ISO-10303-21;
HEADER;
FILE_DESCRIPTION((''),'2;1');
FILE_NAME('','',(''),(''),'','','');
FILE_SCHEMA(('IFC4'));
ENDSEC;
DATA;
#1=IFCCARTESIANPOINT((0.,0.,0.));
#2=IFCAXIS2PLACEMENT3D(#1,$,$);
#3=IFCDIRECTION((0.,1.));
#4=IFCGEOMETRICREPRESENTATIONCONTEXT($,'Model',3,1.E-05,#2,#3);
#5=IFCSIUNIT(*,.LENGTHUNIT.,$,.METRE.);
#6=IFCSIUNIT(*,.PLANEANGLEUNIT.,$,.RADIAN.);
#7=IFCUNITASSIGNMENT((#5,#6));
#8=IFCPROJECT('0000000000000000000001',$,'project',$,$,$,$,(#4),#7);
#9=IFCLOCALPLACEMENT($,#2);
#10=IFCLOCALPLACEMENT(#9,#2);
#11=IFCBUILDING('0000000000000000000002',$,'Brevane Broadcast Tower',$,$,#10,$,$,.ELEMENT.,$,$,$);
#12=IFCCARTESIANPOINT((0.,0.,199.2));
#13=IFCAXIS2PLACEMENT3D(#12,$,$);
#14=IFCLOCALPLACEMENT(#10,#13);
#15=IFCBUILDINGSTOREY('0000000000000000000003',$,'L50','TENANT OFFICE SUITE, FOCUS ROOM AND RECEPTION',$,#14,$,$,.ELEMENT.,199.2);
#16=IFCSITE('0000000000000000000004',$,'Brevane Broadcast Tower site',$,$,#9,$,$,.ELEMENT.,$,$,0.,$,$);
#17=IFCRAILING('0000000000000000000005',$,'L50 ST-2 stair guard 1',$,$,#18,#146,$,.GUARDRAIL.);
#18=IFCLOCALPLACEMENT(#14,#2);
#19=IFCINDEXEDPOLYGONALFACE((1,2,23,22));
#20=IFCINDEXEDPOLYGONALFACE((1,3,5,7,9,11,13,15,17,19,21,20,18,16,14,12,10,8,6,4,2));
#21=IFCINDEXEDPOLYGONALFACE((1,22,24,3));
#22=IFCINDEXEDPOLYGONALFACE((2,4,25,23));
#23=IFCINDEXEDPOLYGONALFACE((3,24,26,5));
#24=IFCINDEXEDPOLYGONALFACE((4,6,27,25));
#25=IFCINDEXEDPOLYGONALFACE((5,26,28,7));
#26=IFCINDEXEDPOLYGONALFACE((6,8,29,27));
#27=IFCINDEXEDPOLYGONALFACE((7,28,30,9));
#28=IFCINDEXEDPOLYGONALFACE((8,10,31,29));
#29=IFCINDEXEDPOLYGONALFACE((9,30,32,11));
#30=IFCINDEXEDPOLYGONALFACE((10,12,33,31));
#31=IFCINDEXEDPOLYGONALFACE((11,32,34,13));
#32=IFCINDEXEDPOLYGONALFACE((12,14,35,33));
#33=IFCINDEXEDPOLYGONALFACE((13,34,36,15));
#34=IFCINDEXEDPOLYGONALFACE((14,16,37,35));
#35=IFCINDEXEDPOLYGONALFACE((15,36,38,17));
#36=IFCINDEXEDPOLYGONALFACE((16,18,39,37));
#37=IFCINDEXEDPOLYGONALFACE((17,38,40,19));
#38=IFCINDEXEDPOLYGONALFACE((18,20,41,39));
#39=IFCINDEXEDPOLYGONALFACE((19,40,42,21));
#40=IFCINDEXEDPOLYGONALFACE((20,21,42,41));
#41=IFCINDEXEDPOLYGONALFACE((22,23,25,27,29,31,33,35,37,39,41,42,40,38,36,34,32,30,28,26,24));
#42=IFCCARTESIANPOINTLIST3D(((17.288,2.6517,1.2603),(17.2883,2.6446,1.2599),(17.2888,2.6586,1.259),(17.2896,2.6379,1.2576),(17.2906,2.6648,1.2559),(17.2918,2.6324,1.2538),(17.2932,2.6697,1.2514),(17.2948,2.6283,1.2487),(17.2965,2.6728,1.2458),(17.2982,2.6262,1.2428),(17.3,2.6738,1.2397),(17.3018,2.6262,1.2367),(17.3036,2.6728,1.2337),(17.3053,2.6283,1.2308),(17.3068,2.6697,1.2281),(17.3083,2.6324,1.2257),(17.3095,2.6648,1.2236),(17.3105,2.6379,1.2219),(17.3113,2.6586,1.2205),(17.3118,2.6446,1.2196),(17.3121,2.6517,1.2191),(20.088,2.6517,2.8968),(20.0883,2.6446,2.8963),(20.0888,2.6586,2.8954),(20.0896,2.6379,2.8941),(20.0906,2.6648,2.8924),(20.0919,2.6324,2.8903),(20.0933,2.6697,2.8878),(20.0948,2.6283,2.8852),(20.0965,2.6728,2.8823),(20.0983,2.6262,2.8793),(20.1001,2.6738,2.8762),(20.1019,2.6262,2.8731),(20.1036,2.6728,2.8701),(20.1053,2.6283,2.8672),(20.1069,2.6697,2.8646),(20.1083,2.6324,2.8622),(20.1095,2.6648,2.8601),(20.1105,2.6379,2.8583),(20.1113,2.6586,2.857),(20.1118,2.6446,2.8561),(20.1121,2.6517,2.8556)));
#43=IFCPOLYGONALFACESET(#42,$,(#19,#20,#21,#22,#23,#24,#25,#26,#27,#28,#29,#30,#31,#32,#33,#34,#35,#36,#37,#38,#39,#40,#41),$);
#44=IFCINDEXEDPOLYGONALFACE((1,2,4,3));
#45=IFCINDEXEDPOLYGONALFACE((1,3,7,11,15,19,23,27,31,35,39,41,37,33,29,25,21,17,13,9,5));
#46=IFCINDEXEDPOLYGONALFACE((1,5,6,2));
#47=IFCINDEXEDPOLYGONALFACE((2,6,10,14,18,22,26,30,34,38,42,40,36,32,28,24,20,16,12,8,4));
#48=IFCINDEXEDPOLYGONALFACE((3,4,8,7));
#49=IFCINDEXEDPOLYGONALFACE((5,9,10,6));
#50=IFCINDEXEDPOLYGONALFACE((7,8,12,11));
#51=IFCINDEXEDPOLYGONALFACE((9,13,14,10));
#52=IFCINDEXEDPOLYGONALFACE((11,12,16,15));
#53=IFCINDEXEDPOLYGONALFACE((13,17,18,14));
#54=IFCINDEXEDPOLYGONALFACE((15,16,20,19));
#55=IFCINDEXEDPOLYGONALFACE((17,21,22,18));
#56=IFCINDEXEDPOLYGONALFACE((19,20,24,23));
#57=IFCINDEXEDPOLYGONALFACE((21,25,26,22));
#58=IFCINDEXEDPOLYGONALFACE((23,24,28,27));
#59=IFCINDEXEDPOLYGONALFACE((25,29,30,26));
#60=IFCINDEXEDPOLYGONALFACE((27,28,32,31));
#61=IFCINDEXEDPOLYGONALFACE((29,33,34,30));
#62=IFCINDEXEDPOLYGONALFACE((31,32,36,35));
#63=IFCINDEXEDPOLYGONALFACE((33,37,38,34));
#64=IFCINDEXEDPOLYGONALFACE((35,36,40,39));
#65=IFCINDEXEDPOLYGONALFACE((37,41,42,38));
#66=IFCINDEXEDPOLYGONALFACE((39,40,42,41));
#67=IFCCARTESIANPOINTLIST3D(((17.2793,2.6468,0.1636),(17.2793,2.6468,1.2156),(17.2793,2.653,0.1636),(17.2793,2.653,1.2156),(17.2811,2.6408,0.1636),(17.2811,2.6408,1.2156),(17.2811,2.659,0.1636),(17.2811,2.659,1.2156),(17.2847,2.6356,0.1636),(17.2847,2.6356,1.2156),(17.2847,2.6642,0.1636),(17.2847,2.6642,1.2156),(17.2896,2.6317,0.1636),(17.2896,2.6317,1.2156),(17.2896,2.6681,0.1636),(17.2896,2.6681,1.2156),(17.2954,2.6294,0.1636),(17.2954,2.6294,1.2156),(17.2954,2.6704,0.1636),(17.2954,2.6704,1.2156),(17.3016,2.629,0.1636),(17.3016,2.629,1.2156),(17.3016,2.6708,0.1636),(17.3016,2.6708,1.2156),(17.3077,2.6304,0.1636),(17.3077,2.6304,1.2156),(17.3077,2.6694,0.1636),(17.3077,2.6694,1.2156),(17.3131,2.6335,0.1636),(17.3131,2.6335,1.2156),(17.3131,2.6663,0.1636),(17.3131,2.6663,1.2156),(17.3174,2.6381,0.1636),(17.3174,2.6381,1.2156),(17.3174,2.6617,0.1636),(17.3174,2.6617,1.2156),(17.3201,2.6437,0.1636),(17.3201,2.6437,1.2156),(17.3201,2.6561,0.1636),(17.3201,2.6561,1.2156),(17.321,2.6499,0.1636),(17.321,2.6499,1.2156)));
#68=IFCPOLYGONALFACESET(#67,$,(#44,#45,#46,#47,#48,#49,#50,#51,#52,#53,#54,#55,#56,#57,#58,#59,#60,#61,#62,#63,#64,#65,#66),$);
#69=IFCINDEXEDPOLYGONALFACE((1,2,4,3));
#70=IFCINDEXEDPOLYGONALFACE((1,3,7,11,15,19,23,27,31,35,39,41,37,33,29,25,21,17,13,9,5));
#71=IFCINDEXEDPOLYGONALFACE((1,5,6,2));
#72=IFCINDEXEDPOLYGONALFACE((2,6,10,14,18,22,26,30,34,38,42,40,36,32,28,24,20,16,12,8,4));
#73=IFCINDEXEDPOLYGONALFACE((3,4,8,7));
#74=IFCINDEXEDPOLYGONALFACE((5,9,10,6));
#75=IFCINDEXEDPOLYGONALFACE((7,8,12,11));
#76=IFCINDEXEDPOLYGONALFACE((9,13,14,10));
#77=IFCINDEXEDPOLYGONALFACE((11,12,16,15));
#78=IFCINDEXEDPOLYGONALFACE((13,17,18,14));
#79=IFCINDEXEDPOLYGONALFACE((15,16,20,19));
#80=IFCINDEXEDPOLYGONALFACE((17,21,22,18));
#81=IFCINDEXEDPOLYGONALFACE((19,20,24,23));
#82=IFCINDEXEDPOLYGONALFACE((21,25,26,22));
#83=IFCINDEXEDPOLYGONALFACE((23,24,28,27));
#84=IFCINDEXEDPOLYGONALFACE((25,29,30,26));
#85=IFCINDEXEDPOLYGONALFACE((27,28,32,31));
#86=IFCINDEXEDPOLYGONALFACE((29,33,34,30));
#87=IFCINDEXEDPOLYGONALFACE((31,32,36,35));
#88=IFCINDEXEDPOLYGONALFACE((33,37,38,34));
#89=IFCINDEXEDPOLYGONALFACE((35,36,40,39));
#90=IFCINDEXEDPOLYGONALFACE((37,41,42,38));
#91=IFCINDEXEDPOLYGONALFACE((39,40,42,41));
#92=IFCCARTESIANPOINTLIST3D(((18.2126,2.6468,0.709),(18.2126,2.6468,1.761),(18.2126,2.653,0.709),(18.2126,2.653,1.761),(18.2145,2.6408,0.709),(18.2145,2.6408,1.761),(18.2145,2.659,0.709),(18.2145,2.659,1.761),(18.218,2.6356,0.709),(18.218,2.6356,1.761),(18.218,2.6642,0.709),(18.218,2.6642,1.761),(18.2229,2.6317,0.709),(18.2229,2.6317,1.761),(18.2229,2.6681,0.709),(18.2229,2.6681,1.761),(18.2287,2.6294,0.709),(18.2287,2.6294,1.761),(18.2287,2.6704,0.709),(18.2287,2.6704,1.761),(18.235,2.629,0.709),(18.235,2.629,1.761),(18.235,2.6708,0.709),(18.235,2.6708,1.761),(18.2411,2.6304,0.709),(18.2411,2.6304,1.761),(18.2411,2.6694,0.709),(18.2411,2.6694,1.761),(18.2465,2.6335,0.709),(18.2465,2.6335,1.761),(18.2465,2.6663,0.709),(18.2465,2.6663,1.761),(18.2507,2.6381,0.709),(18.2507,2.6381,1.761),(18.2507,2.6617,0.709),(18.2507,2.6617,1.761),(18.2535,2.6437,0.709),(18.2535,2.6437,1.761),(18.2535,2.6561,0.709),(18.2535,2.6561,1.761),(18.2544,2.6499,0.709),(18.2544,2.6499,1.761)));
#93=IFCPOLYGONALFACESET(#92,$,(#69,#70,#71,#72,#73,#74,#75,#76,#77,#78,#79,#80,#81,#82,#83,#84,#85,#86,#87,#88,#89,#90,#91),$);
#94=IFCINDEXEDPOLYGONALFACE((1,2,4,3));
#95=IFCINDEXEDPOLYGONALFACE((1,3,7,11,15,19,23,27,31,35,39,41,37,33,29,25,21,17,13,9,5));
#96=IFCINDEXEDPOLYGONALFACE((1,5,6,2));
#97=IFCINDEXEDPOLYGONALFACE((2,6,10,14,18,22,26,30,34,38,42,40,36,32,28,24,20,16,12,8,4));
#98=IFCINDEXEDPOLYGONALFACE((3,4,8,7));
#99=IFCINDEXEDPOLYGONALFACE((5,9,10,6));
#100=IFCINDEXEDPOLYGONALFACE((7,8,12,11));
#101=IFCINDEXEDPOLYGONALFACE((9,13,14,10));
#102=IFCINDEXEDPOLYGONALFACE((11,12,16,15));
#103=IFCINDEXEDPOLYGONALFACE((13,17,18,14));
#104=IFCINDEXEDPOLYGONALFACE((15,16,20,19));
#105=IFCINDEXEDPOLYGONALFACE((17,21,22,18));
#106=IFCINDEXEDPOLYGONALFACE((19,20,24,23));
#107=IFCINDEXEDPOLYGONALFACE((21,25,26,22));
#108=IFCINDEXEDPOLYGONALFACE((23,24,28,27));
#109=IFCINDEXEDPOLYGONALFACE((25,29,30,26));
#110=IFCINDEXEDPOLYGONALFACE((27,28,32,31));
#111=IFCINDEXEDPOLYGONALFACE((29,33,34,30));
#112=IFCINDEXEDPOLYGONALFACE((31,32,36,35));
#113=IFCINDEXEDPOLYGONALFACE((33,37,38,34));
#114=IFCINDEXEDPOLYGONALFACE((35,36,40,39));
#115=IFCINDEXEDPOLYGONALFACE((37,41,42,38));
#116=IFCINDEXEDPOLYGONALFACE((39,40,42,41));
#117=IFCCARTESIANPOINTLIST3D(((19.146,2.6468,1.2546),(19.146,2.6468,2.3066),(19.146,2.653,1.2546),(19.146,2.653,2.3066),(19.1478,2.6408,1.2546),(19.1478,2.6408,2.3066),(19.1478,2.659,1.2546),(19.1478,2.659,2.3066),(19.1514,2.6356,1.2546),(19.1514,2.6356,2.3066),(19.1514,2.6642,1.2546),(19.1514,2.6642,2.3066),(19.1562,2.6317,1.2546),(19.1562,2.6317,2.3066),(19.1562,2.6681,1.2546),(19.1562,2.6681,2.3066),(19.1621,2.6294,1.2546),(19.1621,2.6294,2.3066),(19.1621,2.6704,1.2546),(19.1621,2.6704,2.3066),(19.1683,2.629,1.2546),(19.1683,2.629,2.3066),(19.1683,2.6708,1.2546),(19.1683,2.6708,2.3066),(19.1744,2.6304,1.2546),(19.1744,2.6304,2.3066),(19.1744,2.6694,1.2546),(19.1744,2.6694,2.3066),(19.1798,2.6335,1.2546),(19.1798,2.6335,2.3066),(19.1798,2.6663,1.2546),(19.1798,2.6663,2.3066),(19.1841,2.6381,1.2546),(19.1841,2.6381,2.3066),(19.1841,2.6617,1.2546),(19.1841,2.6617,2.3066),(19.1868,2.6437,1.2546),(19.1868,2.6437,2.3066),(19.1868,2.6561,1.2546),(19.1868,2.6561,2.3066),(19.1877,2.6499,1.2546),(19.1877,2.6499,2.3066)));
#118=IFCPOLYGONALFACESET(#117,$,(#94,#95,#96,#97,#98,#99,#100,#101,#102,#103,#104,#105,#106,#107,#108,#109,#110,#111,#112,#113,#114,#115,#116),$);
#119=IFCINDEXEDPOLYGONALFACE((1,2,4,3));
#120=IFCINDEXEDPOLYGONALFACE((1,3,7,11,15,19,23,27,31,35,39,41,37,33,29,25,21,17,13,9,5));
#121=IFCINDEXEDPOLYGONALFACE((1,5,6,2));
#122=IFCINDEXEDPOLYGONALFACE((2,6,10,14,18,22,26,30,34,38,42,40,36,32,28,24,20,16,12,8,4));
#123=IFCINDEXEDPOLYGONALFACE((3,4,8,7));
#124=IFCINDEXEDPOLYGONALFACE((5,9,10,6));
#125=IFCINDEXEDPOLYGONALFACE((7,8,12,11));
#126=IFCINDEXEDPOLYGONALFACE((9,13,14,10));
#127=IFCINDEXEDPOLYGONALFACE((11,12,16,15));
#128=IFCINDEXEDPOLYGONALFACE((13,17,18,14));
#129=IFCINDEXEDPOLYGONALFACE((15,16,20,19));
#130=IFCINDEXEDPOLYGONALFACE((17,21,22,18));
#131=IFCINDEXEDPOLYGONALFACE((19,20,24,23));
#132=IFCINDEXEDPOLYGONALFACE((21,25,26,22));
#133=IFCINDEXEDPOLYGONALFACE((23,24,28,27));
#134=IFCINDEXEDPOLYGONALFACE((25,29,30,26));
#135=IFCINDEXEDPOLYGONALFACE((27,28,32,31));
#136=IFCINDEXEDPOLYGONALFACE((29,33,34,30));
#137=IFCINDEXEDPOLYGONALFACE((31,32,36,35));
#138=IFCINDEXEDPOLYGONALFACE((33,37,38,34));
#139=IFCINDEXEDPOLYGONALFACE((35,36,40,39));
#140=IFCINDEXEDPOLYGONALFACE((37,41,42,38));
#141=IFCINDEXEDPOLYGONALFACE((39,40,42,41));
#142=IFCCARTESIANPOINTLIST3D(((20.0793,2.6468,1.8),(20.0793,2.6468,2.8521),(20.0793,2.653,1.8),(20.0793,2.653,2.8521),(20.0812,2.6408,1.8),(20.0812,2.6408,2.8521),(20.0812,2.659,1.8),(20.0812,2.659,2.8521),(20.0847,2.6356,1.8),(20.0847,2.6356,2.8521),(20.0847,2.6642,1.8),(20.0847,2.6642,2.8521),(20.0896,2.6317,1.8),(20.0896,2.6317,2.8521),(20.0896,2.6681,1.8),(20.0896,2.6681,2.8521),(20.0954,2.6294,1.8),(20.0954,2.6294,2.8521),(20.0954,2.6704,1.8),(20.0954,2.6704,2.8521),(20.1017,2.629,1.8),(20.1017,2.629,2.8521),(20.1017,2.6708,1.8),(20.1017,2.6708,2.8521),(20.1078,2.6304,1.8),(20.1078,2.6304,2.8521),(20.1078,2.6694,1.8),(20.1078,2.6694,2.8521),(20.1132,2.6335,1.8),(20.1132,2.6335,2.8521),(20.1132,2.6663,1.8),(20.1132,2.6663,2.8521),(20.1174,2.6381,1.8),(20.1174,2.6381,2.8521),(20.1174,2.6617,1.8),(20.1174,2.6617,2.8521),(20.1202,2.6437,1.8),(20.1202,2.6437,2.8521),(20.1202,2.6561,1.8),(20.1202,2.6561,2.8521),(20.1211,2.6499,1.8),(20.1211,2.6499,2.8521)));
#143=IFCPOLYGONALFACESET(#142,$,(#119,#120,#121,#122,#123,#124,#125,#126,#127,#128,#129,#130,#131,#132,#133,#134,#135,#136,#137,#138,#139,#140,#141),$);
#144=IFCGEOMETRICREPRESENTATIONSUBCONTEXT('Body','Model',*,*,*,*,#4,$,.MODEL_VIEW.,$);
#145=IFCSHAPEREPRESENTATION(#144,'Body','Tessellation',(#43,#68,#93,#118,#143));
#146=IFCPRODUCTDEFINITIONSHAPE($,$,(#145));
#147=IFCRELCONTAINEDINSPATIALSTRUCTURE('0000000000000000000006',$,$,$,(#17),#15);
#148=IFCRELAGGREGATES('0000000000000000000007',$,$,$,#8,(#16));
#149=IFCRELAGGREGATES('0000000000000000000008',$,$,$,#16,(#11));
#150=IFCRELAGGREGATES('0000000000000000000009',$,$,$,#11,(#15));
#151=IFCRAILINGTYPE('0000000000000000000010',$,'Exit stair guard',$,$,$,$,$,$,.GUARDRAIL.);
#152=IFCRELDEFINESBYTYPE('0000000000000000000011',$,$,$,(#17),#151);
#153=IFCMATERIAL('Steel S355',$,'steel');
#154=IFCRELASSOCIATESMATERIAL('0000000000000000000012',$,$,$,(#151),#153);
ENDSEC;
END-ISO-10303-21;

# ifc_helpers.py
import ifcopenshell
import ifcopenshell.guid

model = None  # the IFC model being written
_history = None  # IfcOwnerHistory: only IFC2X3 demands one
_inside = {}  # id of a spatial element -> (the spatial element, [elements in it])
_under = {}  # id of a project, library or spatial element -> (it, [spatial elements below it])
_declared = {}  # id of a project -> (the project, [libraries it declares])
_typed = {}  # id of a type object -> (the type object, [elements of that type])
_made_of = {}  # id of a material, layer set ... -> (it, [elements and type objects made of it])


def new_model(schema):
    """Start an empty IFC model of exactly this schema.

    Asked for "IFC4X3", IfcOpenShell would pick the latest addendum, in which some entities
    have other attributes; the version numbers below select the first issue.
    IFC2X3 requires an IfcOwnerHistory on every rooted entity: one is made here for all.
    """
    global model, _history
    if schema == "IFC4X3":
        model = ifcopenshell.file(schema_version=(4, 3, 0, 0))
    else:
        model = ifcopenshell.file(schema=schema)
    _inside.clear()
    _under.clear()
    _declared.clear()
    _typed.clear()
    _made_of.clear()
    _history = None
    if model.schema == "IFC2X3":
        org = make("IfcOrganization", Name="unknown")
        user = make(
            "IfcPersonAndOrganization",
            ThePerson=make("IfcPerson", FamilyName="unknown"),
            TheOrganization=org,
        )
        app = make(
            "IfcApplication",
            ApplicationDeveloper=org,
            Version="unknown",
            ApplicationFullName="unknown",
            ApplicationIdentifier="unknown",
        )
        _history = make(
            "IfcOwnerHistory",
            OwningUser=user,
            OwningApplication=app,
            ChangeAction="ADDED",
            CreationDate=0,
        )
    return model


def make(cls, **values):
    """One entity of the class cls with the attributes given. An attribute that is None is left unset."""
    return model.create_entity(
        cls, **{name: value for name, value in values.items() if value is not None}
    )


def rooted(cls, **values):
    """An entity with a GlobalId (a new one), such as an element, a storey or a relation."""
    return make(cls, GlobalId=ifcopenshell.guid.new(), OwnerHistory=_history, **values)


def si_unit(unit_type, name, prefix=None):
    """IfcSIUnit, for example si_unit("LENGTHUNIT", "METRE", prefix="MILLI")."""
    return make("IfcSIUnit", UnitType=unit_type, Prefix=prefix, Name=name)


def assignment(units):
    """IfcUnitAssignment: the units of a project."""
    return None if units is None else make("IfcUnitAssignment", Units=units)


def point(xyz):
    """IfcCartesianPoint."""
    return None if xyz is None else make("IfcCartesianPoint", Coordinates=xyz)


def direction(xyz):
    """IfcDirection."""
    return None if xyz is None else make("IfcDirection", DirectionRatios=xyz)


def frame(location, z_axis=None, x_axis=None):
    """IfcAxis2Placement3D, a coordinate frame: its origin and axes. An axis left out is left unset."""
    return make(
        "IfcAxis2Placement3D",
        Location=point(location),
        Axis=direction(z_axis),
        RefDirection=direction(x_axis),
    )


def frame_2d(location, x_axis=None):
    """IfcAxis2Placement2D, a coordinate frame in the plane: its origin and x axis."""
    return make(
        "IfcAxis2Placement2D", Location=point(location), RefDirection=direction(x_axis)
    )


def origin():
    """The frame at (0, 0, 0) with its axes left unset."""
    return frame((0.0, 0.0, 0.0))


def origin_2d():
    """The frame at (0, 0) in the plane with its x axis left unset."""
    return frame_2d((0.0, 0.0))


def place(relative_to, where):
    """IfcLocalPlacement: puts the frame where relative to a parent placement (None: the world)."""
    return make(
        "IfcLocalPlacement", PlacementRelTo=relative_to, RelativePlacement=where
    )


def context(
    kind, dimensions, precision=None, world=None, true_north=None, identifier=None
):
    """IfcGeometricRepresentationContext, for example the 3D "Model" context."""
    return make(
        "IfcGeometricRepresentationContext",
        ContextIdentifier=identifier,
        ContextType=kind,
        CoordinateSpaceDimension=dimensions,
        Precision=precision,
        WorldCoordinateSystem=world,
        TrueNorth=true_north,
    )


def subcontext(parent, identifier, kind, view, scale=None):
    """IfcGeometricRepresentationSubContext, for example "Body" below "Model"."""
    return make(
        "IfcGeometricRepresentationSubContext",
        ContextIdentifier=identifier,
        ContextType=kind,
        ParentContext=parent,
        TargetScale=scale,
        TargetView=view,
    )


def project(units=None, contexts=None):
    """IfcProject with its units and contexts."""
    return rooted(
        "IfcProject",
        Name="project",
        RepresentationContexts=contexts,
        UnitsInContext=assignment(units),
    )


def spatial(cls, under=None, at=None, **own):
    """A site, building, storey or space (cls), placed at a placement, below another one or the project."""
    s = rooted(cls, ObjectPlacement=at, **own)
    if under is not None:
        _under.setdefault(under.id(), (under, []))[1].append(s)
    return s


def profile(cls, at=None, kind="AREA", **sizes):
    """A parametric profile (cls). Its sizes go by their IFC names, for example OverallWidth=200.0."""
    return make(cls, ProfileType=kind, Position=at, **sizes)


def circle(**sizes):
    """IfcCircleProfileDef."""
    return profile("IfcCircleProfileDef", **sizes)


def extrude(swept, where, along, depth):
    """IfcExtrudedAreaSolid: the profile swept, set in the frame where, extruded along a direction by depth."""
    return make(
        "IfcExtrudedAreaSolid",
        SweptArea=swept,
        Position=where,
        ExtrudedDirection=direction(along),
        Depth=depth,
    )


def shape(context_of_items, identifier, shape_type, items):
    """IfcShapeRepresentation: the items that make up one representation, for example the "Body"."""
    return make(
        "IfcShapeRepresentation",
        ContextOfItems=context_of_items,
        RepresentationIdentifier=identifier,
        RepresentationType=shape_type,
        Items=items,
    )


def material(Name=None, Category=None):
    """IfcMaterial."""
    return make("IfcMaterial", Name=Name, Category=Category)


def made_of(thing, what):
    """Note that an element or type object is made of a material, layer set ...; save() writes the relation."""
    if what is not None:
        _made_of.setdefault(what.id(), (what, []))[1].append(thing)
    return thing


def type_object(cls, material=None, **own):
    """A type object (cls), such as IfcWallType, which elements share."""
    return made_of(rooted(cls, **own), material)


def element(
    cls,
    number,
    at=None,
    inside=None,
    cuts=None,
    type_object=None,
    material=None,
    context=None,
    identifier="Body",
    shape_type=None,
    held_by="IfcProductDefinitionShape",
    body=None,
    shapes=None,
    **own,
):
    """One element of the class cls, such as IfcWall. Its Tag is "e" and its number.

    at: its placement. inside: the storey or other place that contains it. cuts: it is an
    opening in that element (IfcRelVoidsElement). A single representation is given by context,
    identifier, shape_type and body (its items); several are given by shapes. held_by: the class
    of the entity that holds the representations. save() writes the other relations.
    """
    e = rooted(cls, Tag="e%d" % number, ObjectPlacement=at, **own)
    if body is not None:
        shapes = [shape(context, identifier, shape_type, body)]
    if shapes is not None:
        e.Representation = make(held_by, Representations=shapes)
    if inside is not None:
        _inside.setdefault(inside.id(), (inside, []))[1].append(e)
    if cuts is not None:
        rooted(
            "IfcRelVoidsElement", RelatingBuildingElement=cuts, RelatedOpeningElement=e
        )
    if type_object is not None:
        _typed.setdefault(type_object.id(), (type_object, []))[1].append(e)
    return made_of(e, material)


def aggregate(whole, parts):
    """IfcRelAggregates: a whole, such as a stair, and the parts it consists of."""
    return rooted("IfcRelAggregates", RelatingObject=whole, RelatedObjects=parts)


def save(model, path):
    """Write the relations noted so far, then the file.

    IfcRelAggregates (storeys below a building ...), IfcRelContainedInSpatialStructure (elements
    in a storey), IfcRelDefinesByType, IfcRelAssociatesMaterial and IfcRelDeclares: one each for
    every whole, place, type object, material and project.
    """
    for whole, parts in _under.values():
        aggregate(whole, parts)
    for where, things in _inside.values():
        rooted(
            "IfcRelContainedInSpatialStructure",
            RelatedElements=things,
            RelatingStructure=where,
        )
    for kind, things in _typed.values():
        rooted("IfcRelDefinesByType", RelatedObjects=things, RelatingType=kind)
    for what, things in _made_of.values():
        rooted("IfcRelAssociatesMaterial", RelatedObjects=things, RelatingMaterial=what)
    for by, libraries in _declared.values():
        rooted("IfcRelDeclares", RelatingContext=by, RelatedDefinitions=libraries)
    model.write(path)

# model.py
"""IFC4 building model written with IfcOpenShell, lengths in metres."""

from ifc_helpers import new_model, si_unit, direction, frame, origin, origin_2d, place, context, subcontext, project, spatial, circle, extrude, material, type_object, element, save


model = new_model("IFC4")

# Units and contexts
model_context = context("Model", 3, precision=1e-05, world=origin(), true_north=direction((0.0, 1.0)))
body_context = subcontext(model_context, "Body", "Model", "MODEL_VIEW")
ifc_project = project(units=[si_unit("LENGTHUNIT", "METRE"), si_unit("PLANEANGLEUNIT", "RADIAN")], contexts=[model_context])

# Site, building, storey
site_placement = place(None, origin())
site = spatial("IfcSite", under=ifc_project, at=site_placement, Name="Brevane Broadcast Tower site", CompositionType="ELEMENT", RefElevation=0.0)
building_placement = place(site_placement, origin())
building = spatial("IfcBuilding", under=site, at=building_placement, Name="Brevane Broadcast Tower", CompositionType="ELEMENT")
storey_placement = place(building_placement, frame((0.0, 0.0, 199.2)))
storey = spatial("IfcBuildingStorey", under=building, at=storey_placement, Name="L50", Description="TENANT OFFICE SUITE, FOCUS ROOM AND RECEPTION", CompositionType="ELEMENT", Elevation=199.2)

# Railing
ifc_material_1 = material(Name="Steel S355", Category="steel")
railing_type_1 = type_object("IfcRailingType", Name="Exit stair guard", PredefinedType="GUARDRAIL", material=ifc_material_1)
railing_1_placement = place(storey_placement, frame((17.3, 2.6499, 0.1636)))
element("IfcRailing", 1, at=railing_1_placement, inside=storey, type_object=railing_type_1, Name="L50 ST-2 stair guard 1", PredefinedType="GUARDRAIL", context=body_context, shape_type="SweptSolid", body=[
    extrude(circle(Radius=0.0239, at=origin_2d()), frame((0.0, 0.0, 1.0762), z_axis=(0.863361, 0.0, 0.504587), x_axis=(0.0, 1.0, 0.0)), (0.0, 0.0, 1.0), 3.2432),
    extrude(circle(Radius=0.021, at=origin_2d()), origin(), (0.0, 0.0, 1.0), 1.052),
    extrude(circle(Radius=0.021, at=origin_2d()), frame((0.9333, 0.0, 0.5454)), (0.0, 0.0, 1.0), 1.052),
    extrude(circle(Radius=0.021, at=origin_2d()), frame((1.8667, 0.0, 1.0911)), (0.0, 0.0, 1.0), 1.052),
    extrude(circle(Radius=0.021, at=origin_2d()), frame((2.8, 0.0, 1.6365)), (0.0, 0.0, 1.0), 1.052),
])

save(model, "model.ifc")
